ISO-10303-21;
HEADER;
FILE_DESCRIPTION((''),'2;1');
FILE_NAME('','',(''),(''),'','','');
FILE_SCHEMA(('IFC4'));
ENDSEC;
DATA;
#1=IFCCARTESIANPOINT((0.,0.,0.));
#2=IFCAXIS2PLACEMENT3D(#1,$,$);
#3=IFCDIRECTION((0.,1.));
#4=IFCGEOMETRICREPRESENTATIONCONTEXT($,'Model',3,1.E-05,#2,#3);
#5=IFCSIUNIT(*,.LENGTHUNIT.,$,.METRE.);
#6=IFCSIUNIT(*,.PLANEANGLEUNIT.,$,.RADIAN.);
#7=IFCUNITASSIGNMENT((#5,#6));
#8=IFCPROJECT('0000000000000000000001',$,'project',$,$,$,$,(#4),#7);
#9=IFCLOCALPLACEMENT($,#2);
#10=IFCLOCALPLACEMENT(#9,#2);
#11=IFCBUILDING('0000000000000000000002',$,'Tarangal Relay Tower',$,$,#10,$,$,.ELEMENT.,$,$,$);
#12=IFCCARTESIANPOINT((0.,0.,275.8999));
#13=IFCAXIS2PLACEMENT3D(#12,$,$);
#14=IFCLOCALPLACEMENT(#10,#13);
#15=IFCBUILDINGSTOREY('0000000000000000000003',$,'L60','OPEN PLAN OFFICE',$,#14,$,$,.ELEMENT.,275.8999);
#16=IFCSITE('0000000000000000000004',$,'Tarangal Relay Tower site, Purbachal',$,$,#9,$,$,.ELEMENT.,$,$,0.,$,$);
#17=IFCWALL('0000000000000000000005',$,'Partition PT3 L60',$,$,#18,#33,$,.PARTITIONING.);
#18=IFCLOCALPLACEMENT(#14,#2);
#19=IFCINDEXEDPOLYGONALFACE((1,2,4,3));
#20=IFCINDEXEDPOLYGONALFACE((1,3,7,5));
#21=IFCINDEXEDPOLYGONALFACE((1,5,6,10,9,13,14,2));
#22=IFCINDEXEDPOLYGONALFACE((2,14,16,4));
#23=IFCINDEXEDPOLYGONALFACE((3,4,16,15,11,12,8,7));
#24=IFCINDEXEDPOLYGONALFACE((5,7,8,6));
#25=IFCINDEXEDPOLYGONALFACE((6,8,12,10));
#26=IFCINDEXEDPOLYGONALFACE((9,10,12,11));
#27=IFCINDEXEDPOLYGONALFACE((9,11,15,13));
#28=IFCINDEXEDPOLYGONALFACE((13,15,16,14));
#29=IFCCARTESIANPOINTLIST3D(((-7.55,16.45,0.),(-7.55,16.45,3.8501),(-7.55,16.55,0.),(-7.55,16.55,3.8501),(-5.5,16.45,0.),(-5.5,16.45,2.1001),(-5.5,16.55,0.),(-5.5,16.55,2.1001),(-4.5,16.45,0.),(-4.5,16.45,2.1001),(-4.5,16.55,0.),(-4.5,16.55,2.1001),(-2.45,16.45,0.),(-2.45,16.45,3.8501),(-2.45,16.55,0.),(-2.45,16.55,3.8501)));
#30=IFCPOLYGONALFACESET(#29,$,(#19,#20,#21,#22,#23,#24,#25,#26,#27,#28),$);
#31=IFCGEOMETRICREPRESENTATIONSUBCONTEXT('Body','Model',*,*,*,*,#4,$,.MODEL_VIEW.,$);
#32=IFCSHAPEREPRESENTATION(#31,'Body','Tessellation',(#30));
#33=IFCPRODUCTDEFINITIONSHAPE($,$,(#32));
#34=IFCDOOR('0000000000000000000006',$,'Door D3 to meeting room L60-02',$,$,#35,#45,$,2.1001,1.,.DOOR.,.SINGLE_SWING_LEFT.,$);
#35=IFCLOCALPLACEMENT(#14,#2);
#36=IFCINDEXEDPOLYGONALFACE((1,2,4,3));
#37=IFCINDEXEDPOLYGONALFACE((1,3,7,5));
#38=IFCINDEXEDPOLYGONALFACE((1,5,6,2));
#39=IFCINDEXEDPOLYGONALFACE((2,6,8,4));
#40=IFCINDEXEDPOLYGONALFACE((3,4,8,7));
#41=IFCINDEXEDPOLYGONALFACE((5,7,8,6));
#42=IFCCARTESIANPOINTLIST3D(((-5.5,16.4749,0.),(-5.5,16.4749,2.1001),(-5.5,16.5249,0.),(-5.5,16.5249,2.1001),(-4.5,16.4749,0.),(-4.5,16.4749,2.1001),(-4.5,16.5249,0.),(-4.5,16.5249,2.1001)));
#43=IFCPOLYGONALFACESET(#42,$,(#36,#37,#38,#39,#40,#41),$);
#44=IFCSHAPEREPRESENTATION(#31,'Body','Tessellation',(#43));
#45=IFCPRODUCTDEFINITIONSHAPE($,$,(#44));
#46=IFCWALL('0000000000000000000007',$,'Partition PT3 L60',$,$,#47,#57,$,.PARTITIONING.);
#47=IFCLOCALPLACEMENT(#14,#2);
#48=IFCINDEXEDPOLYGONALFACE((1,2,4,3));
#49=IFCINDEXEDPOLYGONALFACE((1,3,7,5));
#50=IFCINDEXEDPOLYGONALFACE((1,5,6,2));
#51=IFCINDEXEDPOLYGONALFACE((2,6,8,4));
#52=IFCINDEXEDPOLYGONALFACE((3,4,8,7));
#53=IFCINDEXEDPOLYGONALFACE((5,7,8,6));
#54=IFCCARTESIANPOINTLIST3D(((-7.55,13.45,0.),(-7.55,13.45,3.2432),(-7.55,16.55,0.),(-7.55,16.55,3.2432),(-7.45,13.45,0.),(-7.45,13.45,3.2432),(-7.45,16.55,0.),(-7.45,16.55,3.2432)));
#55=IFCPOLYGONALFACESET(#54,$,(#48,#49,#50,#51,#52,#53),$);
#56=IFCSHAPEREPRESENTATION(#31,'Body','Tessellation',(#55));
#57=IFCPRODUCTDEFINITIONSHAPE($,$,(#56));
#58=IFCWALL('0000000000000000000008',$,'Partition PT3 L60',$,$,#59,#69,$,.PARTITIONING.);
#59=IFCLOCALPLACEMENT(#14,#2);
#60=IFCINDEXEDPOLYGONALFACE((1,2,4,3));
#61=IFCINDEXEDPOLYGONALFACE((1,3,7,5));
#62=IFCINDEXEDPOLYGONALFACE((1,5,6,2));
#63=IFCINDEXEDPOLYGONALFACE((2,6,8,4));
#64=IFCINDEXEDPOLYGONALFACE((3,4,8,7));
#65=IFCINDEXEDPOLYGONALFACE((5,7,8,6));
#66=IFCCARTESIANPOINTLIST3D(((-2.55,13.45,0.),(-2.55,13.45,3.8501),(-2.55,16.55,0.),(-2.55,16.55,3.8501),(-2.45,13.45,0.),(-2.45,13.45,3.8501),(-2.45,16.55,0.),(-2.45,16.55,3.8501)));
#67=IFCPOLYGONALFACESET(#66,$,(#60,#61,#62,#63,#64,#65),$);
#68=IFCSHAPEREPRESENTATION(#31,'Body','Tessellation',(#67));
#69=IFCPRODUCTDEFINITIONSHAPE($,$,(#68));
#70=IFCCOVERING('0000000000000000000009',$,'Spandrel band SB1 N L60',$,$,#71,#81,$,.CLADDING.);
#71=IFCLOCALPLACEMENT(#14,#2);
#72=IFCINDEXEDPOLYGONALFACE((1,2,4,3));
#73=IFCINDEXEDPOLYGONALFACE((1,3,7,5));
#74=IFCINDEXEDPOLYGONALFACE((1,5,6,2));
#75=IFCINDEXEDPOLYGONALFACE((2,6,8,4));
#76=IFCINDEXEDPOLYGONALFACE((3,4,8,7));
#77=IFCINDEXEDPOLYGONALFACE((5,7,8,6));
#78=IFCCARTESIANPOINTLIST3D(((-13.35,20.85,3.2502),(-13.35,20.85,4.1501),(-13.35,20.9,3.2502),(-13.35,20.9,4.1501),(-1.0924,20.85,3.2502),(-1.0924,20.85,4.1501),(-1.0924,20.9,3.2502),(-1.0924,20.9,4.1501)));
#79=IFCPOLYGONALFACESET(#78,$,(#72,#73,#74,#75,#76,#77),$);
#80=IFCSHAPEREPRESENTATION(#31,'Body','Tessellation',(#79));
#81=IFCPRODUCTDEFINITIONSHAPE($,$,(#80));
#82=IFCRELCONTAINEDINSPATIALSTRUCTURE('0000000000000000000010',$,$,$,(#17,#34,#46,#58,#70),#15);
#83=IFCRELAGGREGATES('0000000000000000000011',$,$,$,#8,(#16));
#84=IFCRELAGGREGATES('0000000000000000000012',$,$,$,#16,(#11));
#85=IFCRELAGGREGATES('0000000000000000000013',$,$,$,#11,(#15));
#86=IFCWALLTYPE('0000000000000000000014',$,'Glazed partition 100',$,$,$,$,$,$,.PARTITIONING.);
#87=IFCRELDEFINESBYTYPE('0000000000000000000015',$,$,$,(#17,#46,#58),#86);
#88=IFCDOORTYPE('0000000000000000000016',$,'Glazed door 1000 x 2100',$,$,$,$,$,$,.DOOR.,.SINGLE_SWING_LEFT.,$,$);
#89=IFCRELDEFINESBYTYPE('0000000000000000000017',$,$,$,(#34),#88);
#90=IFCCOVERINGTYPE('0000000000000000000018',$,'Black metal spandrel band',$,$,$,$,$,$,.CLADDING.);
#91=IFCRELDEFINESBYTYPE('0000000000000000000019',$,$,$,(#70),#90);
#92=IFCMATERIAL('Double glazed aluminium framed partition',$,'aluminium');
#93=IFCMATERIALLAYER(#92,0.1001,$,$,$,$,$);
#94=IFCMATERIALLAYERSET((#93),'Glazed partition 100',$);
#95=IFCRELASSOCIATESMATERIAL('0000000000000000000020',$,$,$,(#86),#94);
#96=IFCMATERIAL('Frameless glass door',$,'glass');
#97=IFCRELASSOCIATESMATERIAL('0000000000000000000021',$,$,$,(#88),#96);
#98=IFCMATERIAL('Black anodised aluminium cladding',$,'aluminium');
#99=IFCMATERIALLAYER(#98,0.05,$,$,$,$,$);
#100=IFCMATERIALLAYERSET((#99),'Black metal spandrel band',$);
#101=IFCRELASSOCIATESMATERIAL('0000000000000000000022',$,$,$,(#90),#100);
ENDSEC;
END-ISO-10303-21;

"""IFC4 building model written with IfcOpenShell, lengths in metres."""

from ifc_helpers import new_model, si_unit, direction, frame, frame_2d, origin, origin_2d, place, context, subcontext, project, spatial, rectangle, extrude, material, layer, layer_set, type_object, element, fill, save


model = new_model("IFC4")

# Units and contexts
model_context = context("Model", 3, precision=1e-05, world=origin(), true_north=direction((0.0, 1.0)))
body_context = subcontext(model_context, "Body", "Model", "MODEL_VIEW")
ifc_project = project(units=[si_unit("LENGTHUNIT", "METRE"), si_unit("PLANEANGLEUNIT", "RADIAN")], contexts=[model_context])

# Site, building, storey
site_placement = place(None, origin())
site = spatial("IfcSite", under=ifc_project, at=site_placement, Name="Tarangal Relay Tower site, Purbachal", CompositionType="ELEMENT", RefElevation=0.0)
building_placement = place(site_placement, origin())
building = spatial("IfcBuilding", under=site, at=building_placement, Name="Tarangal Relay Tower", CompositionType="ELEMENT")
storey_placement = place(building_placement, frame((0.0, 0.0, 275.8999)))
storey = spatial("IfcBuildingStorey", under=building, at=storey_placement, Name="L60", Description="OPEN PLAN OFFICE", CompositionType="ELEMENT", Elevation=275.8999)

# Wall, opening, door
ifc_material_1 = material(Name="Double glazed aluminium framed partition", Category="aluminium")
ifc_layer_1 = layer(ifc_material_1, 0.1001)
ifc_layer_set_1 = layer_set([ifc_layer_1], Name="Glazed partition 100")
wall_type_1 = type_object("IfcWallType", Name="Glazed partition 100", PredefinedType="PARTITIONING", material=ifc_layer_set_1)
wall_1_placement = place(storey_placement, frame((-7.55, 16.5, 0.0), z_axis=(0.0, 0.0, 1.0), x_axis=(1.0, 0.0, 0.0)))
wall_1 = element("IfcWall", 1, at=wall_1_placement, inside=storey, type_object=wall_type_1, Name="Partition PT3 L60", PredefinedType="PARTITIONING", context=body_context, shape_type="SweptSolid", body=[
    extrude(rectangle(XDim=5.1001, YDim=0.1001, at=frame_2d((2.55, 0.0))), origin(), (0.0, 0.0, 1.0), 3.8501),
])
opening_placement = place(wall_1_placement, frame((2.05, 0.0, 0.0)))
opening = element("IfcOpeningElement", 2, at=opening_placement, cuts=wall_1, PredefinedType="OPENING", context=body_context, shape_type="SweptSolid", body=[
    extrude(rectangle(XDim=1.0, YDim=2.1001, at=frame_2d((0.5, 1.05))), frame((0.0, 0.0601, 0.0), z_axis=(0.0, -1.0, 0.0), x_axis=(1.0, 0.0, 0.0)), (0.0, 0.0, 1.0), 0.1201),
])
ifc_material_2 = material(Name="Frameless glass door", Category="glass")
door_type = type_object("IfcDoorType", Name="Glazed door 1000 x 2100", OperationType="SINGLE_SWING_LEFT", PredefinedType="DOOR", material=ifc_material_2)
door_placement = place(opening_placement, origin())
door = element("IfcDoor", 3, at=door_placement, inside=storey, type_object=door_type, Name="Door D3 to meeting room L60-02", OperationType="SINGLE_SWING_LEFT", OverallHeight=2.1001, OverallWidth=1.0, PredefinedType="DOOR", context=body_context, shape_type="SweptSolid", body=[
    extrude(rectangle(XDim=1.0, YDim=2.1001, at=frame_2d((0.5, 1.05))), frame((0.0, 0.0249, 0.0), z_axis=(0.0, -1.0, 0.0), x_axis=(1.0, 0.0, 0.0)), (0.0, 0.0, 1.0), 0.05),
])
fill(opening, door)

# Walls
wall_2_placement = place(storey_placement, frame((-7.5, 13.45, 0.0), z_axis=(0.0, 0.0, 1.0), x_axis=(0.0, 1.0, 0.0)))
element("IfcWall", 4, at=wall_2_placement, inside=storey, type_object=wall_type_1, Name="Partition PT3 L60", PredefinedType="PARTITIONING", context=body_context, shape_type="SweptSolid", body=[
    extrude(rectangle(XDim=3.1001, YDim=0.1001, at=frame_2d((1.55, 0.0))), origin(), (0.0, 0.0, 1.0), 3.2432),
])
wall_3_placement = place(storey_placement, frame((-2.5, 13.45, 0.0), z_axis=(0.0, 0.0, 1.0), x_axis=(0.0, 1.0, 0.0)))
element("IfcWall", 5, at=wall_3_placement, inside=storey, type_object=wall_type_1, Name="Partition PT3 L60", PredefinedType="PARTITIONING", context=body_context, shape_type="SweptSolid", body=[
    extrude(rectangle(XDim=3.1001, YDim=0.1001, at=frame_2d((1.55, 0.0))), origin(), (0.0, 0.0, 1.0), 3.8501),
])

# Covering
ifc_material_3 = material(Name="Black anodised aluminium cladding", Category="aluminium")
ifc_layer_2 = layer(ifc_material_3, 0.05)
ifc_layer_set_2 = layer_set([ifc_layer_2], Name="Black metal spandrel band")
covering_type = type_object("IfcCoveringType", Name="Black metal spandrel band", PredefinedType="CLADDING", material=ifc_layer_set_2)
covering_placement = place(storey_placement, frame((-7.2212, 20.875, 3.2502), z_axis=(0.0, 0.0, 1.0), x_axis=(1.0, 0.0, 0.0)))
element("IfcCovering", 6, at=covering_placement, inside=storey, type_object=covering_type, Name="Spandrel band SB1 N L60", PredefinedType="CLADDING", context=body_context, shape_type="SweptSolid", body=[
    extrude(rectangle(XDim=12.2576, YDim=0.05, at=origin_2d()), origin(), (0.0, 0.0, 1.0), 0.8999),
])

save(model, "model.ifc")
